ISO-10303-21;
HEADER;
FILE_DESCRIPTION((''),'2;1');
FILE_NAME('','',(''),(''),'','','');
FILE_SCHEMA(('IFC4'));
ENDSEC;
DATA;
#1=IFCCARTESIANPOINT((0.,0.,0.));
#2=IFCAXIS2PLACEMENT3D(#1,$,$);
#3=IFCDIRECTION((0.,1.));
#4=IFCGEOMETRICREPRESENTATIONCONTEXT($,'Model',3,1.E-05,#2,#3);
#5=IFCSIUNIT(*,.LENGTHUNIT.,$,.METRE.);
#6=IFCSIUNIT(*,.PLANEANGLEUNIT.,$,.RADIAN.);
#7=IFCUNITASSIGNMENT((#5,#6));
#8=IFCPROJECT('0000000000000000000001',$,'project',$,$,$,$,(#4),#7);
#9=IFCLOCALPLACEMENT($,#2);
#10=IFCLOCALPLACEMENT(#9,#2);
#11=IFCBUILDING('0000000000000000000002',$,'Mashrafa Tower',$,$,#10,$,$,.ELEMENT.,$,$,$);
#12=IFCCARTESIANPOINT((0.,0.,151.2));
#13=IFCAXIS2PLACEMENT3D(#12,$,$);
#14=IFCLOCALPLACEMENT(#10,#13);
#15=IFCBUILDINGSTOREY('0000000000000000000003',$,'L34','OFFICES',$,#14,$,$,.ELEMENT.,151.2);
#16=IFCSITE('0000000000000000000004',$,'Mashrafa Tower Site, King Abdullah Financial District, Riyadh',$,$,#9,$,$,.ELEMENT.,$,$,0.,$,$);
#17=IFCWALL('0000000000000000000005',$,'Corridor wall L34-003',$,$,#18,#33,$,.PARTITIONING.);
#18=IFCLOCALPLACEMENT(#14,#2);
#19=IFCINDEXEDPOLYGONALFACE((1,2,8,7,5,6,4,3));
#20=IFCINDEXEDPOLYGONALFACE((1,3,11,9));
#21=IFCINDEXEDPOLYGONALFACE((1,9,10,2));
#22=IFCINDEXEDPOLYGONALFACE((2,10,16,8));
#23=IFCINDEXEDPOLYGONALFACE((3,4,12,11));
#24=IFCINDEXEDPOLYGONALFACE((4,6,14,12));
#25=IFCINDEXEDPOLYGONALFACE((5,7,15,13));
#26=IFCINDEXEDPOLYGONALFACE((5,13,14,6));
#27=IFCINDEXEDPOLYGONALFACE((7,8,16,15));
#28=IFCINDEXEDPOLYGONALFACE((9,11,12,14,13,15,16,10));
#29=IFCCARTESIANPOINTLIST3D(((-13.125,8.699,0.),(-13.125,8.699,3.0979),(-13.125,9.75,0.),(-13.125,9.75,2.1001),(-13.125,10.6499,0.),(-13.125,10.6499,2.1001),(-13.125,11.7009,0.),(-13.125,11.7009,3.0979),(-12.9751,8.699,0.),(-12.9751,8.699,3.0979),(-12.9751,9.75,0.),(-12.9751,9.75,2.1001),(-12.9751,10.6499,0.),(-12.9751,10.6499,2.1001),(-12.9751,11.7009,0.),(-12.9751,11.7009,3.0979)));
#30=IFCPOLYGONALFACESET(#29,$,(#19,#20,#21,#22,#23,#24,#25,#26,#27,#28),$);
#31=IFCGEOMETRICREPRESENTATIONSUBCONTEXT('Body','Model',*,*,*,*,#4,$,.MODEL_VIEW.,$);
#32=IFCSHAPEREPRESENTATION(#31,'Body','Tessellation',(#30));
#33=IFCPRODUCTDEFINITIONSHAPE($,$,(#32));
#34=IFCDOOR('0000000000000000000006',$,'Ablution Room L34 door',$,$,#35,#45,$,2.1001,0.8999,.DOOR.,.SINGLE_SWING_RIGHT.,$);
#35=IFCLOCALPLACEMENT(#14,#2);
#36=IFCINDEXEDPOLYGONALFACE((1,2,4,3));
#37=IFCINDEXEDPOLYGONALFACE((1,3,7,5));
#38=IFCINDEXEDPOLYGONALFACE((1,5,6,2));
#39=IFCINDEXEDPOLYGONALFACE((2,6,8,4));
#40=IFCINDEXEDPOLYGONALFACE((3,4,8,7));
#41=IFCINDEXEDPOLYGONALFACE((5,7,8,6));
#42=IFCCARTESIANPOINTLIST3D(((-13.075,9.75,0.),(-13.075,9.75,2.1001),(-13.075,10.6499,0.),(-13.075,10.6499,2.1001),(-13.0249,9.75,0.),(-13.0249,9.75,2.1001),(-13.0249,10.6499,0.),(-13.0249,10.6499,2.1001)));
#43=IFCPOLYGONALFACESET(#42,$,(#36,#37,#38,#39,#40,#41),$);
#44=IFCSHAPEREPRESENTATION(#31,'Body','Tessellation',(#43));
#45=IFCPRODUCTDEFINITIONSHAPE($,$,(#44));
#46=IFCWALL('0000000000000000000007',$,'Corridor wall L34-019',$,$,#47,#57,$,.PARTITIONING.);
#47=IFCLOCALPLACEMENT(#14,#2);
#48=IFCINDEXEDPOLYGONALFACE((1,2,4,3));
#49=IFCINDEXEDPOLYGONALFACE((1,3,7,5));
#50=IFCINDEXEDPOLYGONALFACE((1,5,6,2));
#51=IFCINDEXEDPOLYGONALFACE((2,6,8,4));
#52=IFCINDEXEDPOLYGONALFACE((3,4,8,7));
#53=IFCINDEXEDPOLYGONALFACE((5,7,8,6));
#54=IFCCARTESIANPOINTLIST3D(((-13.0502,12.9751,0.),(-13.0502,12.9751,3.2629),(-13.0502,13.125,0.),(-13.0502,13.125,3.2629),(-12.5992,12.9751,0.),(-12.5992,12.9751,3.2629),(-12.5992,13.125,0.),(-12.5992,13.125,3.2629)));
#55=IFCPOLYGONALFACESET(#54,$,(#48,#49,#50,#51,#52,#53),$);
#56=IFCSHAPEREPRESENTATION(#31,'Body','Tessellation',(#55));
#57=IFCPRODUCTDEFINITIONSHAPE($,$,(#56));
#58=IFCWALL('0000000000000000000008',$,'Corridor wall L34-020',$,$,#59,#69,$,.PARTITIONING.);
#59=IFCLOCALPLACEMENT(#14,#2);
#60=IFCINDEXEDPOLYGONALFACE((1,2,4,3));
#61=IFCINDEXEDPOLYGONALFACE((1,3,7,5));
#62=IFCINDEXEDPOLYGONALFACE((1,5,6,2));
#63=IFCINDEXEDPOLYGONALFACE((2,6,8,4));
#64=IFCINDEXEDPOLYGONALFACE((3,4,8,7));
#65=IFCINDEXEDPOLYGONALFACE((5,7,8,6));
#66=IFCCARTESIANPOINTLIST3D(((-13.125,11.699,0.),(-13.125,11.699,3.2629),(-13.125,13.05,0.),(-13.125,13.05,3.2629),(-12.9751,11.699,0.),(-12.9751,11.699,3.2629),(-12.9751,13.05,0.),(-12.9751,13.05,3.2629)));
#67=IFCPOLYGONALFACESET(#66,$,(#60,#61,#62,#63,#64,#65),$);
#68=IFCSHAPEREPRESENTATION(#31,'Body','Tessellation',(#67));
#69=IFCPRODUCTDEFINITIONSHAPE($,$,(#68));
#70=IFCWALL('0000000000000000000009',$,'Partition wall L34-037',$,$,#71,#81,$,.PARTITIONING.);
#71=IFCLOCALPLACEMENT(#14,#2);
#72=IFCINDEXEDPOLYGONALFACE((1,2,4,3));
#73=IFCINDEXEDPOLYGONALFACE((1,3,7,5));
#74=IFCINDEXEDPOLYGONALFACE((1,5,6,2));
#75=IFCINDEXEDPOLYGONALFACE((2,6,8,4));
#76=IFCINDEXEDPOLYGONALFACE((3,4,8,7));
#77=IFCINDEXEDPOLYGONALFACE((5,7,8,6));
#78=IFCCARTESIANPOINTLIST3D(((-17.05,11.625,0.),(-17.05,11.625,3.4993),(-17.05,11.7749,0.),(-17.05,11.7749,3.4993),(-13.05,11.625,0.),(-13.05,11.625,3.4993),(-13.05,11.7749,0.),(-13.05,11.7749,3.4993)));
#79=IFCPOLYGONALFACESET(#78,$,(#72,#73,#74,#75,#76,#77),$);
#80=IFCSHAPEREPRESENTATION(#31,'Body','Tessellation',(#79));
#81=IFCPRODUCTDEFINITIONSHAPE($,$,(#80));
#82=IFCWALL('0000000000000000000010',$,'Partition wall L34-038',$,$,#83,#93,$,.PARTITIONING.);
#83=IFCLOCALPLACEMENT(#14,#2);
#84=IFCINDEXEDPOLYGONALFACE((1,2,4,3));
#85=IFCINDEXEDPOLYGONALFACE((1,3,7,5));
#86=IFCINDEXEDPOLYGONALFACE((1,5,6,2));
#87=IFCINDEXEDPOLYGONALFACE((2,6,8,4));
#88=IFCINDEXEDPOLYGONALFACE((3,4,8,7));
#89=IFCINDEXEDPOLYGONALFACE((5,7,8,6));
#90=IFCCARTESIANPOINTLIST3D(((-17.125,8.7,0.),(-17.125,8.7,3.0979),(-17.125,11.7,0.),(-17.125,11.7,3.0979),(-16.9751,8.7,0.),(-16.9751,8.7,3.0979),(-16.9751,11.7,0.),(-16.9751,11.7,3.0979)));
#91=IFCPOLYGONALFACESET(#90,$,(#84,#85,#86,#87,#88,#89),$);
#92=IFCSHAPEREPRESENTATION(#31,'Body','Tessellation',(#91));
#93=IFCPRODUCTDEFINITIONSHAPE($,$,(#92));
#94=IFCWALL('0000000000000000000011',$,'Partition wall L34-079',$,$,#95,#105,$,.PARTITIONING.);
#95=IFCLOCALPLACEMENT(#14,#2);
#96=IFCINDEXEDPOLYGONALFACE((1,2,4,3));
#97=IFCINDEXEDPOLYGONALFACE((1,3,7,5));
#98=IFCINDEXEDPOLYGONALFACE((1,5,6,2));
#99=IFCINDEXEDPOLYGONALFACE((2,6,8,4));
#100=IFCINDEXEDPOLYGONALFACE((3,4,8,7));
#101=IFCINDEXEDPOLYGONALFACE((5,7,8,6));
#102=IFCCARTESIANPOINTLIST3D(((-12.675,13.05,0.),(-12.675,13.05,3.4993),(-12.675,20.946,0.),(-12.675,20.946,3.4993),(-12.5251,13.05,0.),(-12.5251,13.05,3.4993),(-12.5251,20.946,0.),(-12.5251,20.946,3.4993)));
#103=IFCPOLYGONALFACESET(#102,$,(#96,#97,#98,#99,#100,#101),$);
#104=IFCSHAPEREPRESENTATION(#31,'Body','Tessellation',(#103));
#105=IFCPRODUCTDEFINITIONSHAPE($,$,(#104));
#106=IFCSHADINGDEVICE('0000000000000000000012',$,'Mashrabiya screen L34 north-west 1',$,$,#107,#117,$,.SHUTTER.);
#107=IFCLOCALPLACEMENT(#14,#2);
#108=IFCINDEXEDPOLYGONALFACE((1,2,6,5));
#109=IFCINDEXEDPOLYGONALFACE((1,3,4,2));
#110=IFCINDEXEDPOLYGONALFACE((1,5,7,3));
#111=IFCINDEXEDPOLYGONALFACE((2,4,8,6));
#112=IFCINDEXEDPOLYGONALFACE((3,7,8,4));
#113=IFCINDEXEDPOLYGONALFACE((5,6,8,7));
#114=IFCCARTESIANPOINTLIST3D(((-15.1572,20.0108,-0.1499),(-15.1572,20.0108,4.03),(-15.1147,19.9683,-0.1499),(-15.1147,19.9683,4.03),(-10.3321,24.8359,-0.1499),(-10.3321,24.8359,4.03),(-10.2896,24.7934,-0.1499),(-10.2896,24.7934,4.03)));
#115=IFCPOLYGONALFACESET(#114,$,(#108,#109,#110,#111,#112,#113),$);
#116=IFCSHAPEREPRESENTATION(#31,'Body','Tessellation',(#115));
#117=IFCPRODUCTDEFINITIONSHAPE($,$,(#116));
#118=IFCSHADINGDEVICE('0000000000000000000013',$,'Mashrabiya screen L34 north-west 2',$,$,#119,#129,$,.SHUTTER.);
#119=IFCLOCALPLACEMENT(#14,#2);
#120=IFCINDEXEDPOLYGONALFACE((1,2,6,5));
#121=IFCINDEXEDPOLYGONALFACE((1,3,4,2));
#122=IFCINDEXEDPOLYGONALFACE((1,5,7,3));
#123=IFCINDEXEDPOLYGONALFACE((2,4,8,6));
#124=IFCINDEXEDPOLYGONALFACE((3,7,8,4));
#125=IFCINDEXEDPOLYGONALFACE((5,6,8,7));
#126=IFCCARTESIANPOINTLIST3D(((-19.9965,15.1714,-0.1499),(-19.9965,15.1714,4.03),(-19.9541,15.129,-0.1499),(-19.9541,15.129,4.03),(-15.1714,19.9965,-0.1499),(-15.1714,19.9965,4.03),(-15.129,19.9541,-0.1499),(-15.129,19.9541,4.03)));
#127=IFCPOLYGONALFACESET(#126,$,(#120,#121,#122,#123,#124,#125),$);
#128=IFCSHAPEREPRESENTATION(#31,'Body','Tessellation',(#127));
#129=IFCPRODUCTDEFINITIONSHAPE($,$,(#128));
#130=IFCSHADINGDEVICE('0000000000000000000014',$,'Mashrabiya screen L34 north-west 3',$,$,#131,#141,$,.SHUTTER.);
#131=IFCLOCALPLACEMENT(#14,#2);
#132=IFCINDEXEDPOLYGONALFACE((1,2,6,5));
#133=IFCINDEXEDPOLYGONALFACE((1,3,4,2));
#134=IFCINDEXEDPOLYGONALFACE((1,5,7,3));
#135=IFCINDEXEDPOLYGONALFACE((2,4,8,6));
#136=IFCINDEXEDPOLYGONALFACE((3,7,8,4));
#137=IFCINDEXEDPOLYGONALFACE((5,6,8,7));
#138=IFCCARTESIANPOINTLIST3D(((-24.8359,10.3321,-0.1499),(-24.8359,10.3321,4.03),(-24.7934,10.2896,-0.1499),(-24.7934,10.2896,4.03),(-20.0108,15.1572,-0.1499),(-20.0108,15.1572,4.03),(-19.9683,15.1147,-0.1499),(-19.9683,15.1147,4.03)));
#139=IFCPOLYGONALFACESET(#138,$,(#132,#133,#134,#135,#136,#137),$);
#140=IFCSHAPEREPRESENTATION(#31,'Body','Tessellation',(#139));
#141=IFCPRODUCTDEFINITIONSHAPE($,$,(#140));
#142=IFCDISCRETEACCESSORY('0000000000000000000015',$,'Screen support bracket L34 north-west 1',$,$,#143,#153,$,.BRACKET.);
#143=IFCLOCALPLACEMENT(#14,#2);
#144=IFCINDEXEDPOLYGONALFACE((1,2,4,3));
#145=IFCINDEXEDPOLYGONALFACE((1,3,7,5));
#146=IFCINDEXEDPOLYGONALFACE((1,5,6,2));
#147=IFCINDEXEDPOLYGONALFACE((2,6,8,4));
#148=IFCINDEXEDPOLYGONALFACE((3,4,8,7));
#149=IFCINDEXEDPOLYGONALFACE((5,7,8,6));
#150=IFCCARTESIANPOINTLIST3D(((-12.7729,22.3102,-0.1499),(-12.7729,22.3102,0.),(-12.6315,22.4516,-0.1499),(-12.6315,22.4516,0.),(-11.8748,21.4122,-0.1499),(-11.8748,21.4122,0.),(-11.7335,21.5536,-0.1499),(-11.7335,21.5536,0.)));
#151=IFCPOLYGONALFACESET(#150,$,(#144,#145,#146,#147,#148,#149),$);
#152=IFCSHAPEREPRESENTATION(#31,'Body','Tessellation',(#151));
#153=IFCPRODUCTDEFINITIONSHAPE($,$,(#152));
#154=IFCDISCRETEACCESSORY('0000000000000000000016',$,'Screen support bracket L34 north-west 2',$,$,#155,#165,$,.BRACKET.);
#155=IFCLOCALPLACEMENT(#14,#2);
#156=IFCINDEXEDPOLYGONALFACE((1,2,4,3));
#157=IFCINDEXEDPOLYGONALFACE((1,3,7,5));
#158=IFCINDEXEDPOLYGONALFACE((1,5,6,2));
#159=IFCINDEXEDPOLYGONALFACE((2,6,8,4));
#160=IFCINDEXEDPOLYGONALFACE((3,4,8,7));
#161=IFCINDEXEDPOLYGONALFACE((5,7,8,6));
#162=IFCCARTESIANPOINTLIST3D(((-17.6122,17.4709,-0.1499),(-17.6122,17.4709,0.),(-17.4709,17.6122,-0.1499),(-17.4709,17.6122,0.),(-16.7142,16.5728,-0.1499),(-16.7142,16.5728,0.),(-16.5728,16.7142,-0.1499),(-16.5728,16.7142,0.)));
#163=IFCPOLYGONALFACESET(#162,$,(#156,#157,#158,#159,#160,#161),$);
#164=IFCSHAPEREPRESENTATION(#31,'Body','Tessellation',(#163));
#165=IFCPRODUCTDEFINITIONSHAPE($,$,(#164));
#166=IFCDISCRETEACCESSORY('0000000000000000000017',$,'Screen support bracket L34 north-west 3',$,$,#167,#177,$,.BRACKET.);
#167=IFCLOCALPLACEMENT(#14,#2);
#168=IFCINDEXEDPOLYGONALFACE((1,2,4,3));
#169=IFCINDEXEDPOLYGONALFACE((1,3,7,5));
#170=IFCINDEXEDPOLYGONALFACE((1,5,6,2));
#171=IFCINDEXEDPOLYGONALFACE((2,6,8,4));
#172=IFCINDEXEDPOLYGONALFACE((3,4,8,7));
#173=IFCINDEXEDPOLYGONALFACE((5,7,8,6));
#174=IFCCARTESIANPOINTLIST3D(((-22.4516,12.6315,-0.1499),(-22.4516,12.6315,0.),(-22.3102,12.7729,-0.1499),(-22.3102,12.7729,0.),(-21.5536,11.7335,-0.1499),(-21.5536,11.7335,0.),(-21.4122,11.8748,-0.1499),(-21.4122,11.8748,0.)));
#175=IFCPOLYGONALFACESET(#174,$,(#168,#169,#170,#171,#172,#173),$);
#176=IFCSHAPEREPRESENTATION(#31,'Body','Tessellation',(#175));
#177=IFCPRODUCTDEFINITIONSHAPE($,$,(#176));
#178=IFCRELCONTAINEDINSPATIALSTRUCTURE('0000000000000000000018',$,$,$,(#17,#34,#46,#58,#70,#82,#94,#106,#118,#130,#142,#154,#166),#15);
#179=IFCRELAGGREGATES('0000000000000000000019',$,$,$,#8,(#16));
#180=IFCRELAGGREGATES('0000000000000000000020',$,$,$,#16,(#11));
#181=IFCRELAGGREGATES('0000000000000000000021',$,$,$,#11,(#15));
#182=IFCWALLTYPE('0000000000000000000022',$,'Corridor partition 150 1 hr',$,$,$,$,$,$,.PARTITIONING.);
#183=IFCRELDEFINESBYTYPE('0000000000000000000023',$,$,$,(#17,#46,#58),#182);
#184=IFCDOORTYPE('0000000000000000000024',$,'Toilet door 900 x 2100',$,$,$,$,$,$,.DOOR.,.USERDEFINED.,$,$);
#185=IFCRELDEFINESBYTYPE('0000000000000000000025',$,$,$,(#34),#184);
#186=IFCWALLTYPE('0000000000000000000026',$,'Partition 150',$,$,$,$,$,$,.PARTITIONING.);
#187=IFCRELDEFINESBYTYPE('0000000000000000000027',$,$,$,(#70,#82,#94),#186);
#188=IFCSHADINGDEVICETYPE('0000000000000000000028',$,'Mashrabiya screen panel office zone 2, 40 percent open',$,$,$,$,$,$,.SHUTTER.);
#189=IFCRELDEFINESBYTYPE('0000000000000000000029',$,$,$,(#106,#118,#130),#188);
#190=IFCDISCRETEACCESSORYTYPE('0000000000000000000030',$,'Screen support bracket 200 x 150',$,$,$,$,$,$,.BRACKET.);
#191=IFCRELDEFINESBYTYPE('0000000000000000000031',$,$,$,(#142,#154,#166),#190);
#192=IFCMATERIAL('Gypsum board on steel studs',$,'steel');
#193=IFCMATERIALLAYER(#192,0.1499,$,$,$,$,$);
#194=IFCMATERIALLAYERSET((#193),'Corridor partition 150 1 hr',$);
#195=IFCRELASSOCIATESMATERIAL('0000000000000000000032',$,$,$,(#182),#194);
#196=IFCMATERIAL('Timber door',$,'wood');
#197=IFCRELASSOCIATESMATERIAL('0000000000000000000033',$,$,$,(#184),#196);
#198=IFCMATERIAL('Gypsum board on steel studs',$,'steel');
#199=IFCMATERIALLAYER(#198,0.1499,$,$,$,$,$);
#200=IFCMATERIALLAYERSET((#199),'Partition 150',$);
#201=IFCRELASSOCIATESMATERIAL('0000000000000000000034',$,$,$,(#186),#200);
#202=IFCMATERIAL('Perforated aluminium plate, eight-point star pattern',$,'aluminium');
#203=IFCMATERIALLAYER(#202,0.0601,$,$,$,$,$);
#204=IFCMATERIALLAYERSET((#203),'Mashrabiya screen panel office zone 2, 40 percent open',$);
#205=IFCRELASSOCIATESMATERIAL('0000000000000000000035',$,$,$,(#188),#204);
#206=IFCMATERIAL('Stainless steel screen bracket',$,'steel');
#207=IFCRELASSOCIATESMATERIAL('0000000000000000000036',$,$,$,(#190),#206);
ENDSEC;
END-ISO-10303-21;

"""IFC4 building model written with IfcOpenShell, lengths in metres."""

from ifc_helpers import new_model, si_unit, direction, frame, frame_2d, origin, origin_2d, place, context, subcontext, project, spatial, rectangle, extrude, source, transform, mapped, material, layer, layer_set, type_object, type_shapes, element, fill, save


model = new_model("IFC4")

# Units and contexts
model_context = context("Model", 3, precision=1e-05, world=origin(), true_north=direction((0.0, 1.0)))
body_context = subcontext(model_context, "Body", "Model", "MODEL_VIEW")
ifc_project = project(units=[si_unit("LENGTHUNIT", "METRE"), si_unit("PLANEANGLEUNIT", "RADIAN")], contexts=[model_context])

# Site, building, storey
site_placement = place(None, origin())
site = spatial("IfcSite", under=ifc_project, at=site_placement, Name="Mashrafa Tower Site, King Abdullah Financial District, Riyadh", CompositionType="ELEMENT", RefElevation=0.0)
building_placement = place(site_placement, origin())
building = spatial("IfcBuilding", under=site, at=building_placement, Name="Mashrafa Tower", CompositionType="ELEMENT")
storey_placement = place(building_placement, frame((0.0, 0.0, 151.2)))
storey = spatial("IfcBuildingStorey", under=building, at=storey_placement, Name="L34", Description="OFFICES", CompositionType="ELEMENT", Elevation=151.2)

# Wall, opening, door
ifc_material_1 = material(Name="Gypsum board on steel studs", Category="steel")
ifc_layer_1 = layer(ifc_material_1, 0.1499)
ifc_layer_set_1 = layer_set([ifc_layer_1], Name="Corridor partition 150 1 hr")
wall_type_1 = type_object("IfcWallType", Name="Corridor partition 150 1 hr", PredefinedType="PARTITIONING", material=ifc_layer_set_1)
wall_1_placement = place(storey_placement, frame((-13.05, 11.7009, 0.0), z_axis=(0.0, 0.0, 1.0), x_axis=(0.0, -1.0, 0.0)))
wall_1 = element("IfcWall", 1, at=wall_1_placement, inside=storey, type_object=wall_type_1, Name="Corridor wall L34-003", PredefinedType="PARTITIONING", context=body_context, shape_type="SweptSolid", body=[
    extrude(rectangle(XDim=3.002, YDim=0.1499, at=frame_2d((1.501, 0.0))), origin(), (0.0, 0.0, 1.0), 3.0979),
])
opening_placement = place(wall_1_placement, frame((1.051, 0.0, 0.0)))
opening = element("IfcOpeningElement", 2, at=opening_placement, cuts=wall_1, PredefinedType="OPENING", context=body_context, shape_type="SweptSolid", body=[
    extrude(rectangle(XDim=0.8999, YDim=2.1001, at=frame_2d((0.45, 1.05))), frame((0.0, 0.085, 0.0), z_axis=(0.0, -1.0, 0.0), x_axis=(1.0, 0.0, 0.0)), (0.0, 0.0, 1.0), 0.1699),
])
ifc_material_2 = material(Name="Timber door", Category="wood")
door_type = type_object("IfcDoorType", Name="Toilet door 900 x 2100", OperationType="USERDEFINED", PredefinedType="DOOR", material=ifc_material_2)
door_placement = place(opening_placement, frame((0.8999, 0.0, 0.0), z_axis=(0.0, 0.0, 1.0), x_axis=(-1.0, 0.0, 0.0)))
door = element("IfcDoor", 3, at=door_placement, inside=storey, type_object=door_type, Name="Ablution Room L34 door", OperationType="SINGLE_SWING_RIGHT", OverallHeight=2.1001, OverallWidth=0.8999, PredefinedType="DOOR", context=body_context, shape_type="SweptSolid", body=[
    extrude(rectangle(XDim=0.8999, YDim=2.1001, at=frame_2d((0.45, 1.05))), frame((0.0, 0.0249, 0.0), z_axis=(0.0, -1.0, 0.0), x_axis=(1.0, 0.0, 0.0)), (0.0, 0.0, 1.0), 0.05),
])
fill(opening, door)

# Walls
wall_2_placement = place(storey_placement, frame((-12.5991, 13.05, 0.0), z_axis=(0.0, 0.0, 1.0), x_axis=(-1.0, 0.0, 0.0)))
element("IfcWall", 4, at=wall_2_placement, inside=storey, type_object=wall_type_1, Name="Corridor wall L34-019", PredefinedType="PARTITIONING", context=body_context, shape_type="SweptSolid", body=[
    extrude(rectangle(XDim=0.4509, YDim=0.1499, at=frame_2d((0.2256, 0.0))), origin(), (0.0, 0.0, 1.0), 3.2629),
])
wall_3_placement = place(storey_placement, frame((-13.05, 13.05, 0.0), z_axis=(0.0, 0.0, 1.0), x_axis=(0.0, -1.0, 0.0)))
element("IfcWall", 5, at=wall_3_placement, inside=storey, type_object=wall_type_1, Name="Corridor wall L34-020", PredefinedType="PARTITIONING", context=body_context, shape_type="SweptSolid", body=[
    extrude(rectangle(XDim=1.3511, YDim=0.1499, at=frame_2d((0.6755, 0.0))), origin(), (0.0, 0.0, 1.0), 3.2629),
])
ifc_material_3 = material(Name="Gypsum board on steel studs", Category="steel")
ifc_layer_2 = layer(ifc_material_3, 0.1499)
ifc_layer_set_2 = layer_set([ifc_layer_2], Name="Partition 150")
wall_type_2 = type_object("IfcWallType", Name="Partition 150", PredefinedType="PARTITIONING", material=ifc_layer_set_2)
wall_4_placement = place(storey_placement, frame((-13.05, 11.7, 0.0), z_axis=(0.0, 0.0, 1.0), x_axis=(-1.0, 0.0, 0.0)))
element("IfcWall", 6, at=wall_4_placement, inside=storey, type_object=wall_type_2, Name="Partition wall L34-037", PredefinedType="PARTITIONING", context=body_context, shape_type="SweptSolid", body=[
    extrude(rectangle(XDim=4.0, YDim=0.1499, at=frame_2d((2.0, 0.0))), origin(), (0.0, 0.0, 1.0), 3.4993),
])
wall_5_placement = place(storey_placement, frame((-17.05, 11.7, 0.0), z_axis=(0.0, 0.0, 1.0), x_axis=(0.0, -1.0, 0.0)))
element("IfcWall", 7, at=wall_5_placement, inside=storey, type_object=wall_type_2, Name="Partition wall L34-038", PredefinedType="PARTITIONING", context=body_context, shape_type="SweptSolid", body=[
    extrude(rectangle(XDim=3.0, YDim=0.1499, at=frame_2d((1.5, 0.0))), origin(), (0.0, 0.0, 1.0), 3.0979),
])
wall_6_placement = place(storey_placement, frame((-12.6001, 13.05, 0.0), z_axis=(0.0, 0.0, 1.0), x_axis=(0.0, 1.0, 0.0)))
element("IfcWall", 8, at=wall_6_placement, inside=storey, type_object=wall_type_2, Name="Partition wall L34-079", PredefinedType="PARTITIONING", context=body_context, shape_type="SweptSolid", body=[
    extrude(rectangle(XDim=7.896, YDim=0.1499, at=frame_2d((3.948, 0.0))), origin(), (0.0, 0.0, 1.0), 3.4993),
])

# Shading devices
ifc_material_4 = material(Name="Perforated aluminium plate, eight-point star pattern", Category="aluminium")
ifc_layer_3 = layer(ifc_material_4, 0.0601)
ifc_layer_set_3 = layer_set([ifc_layer_3], Name="Mashrabiya screen panel office zone 2, 40 percent open")
shading_device_type = type_object("IfcShadingDeviceType", Name="Mashrabiya screen panel office zone 2, 40 percent open", PredefinedType="SHUTTER", material=ifc_layer_set_3)
shared_shape_1 = source(origin(), body_context, "Body", "SweptSolid", [
    extrude(rectangle(XDim=6.8237, YDim=0.0601, at=origin_2d()), origin(), (0.0, 0.0, 1.0), 4.1799),
])
type_shapes(shading_device_type, [shared_shape_1])
for number, where, z_axis, x_axis, name in (
    (9, (-12.7234, 22.4021, -0.1499), (0.0, 0.0, 1.0), (-0.707107, -0.707107, 0.0), "Mashrabiya screen L34 north-west 1"),
    (10, (-17.5627, 17.5627, -0.1499), (0.0, 0.0, 1.0), (-0.707107, -0.707107, 0.0), "Mashrabiya screen L34 north-west 2"),
    (11, (-22.4021, 12.7234, -0.1499), (0.0, 0.0, 1.0), (-0.707107, -0.707107, 0.0), "Mashrabiya screen L34 north-west 3"),
):
    element("IfcShadingDevice", number, at=place(storey_placement, frame(where, z_axis=z_axis, x_axis=x_axis)), inside=storey, type_object=shading_device_type, Name=name, PredefinedType="SHUTTER", context=body_context, shape_type="MappedRepresentation", body=[
        mapped(shared_shape_1, transform((0.0, 0.0, 0.0))),
    ])

# Discrete accessories
ifc_material_5 = material(Name="Stainless steel screen bracket", Category="steel")
discrete_accessory_type = type_object("IfcDiscreteAccessoryType", Name="Screen support bracket 200 x 150", PredefinedType="BRACKET", material=ifc_material_5)
shared_shape_2 = source(origin(), body_context, "Body", "SweptSolid", [
    extrude(rectangle(XDim=0.2, YDim=1.27, at=origin_2d()), origin(), (0.0, 0.0, 1.0), 0.1499),
])
type_shapes(discrete_accessory_type, [shared_shape_2])
for number, where, z_axis, x_axis, name in (
    (12, (-12.2532, 21.9319, -0.1499), (0.0, 0.0, 1.0), (-0.707107, -0.707107, 0.0), "Screen support bracket L34 north-west 1"),
    (13, (-17.0925, 17.0925, -0.1499), (0.0, 0.0, 1.0), (-0.707107, -0.707107, 0.0), "Screen support bracket L34 north-west 2"),
    (14, (-21.9319, 12.2532, -0.1499), (0.0, 0.0, 1.0), (-0.707107, -0.707107, 0.0), "Screen support bracket L34 north-west 3"),
):
    element("IfcDiscreteAccessory", number, at=place(storey_placement, frame(where, z_axis=z_axis, x_axis=x_axis)), inside=storey, type_object=discrete_accessory_type, Name=name, PredefinedType="BRACKET", context=body_context, shape_type="MappedRepresentation", body=[
        mapped(shared_shape_2, transform((0.0, 0.0, 0.0))),
    ])

save(model, "model.ifc")
